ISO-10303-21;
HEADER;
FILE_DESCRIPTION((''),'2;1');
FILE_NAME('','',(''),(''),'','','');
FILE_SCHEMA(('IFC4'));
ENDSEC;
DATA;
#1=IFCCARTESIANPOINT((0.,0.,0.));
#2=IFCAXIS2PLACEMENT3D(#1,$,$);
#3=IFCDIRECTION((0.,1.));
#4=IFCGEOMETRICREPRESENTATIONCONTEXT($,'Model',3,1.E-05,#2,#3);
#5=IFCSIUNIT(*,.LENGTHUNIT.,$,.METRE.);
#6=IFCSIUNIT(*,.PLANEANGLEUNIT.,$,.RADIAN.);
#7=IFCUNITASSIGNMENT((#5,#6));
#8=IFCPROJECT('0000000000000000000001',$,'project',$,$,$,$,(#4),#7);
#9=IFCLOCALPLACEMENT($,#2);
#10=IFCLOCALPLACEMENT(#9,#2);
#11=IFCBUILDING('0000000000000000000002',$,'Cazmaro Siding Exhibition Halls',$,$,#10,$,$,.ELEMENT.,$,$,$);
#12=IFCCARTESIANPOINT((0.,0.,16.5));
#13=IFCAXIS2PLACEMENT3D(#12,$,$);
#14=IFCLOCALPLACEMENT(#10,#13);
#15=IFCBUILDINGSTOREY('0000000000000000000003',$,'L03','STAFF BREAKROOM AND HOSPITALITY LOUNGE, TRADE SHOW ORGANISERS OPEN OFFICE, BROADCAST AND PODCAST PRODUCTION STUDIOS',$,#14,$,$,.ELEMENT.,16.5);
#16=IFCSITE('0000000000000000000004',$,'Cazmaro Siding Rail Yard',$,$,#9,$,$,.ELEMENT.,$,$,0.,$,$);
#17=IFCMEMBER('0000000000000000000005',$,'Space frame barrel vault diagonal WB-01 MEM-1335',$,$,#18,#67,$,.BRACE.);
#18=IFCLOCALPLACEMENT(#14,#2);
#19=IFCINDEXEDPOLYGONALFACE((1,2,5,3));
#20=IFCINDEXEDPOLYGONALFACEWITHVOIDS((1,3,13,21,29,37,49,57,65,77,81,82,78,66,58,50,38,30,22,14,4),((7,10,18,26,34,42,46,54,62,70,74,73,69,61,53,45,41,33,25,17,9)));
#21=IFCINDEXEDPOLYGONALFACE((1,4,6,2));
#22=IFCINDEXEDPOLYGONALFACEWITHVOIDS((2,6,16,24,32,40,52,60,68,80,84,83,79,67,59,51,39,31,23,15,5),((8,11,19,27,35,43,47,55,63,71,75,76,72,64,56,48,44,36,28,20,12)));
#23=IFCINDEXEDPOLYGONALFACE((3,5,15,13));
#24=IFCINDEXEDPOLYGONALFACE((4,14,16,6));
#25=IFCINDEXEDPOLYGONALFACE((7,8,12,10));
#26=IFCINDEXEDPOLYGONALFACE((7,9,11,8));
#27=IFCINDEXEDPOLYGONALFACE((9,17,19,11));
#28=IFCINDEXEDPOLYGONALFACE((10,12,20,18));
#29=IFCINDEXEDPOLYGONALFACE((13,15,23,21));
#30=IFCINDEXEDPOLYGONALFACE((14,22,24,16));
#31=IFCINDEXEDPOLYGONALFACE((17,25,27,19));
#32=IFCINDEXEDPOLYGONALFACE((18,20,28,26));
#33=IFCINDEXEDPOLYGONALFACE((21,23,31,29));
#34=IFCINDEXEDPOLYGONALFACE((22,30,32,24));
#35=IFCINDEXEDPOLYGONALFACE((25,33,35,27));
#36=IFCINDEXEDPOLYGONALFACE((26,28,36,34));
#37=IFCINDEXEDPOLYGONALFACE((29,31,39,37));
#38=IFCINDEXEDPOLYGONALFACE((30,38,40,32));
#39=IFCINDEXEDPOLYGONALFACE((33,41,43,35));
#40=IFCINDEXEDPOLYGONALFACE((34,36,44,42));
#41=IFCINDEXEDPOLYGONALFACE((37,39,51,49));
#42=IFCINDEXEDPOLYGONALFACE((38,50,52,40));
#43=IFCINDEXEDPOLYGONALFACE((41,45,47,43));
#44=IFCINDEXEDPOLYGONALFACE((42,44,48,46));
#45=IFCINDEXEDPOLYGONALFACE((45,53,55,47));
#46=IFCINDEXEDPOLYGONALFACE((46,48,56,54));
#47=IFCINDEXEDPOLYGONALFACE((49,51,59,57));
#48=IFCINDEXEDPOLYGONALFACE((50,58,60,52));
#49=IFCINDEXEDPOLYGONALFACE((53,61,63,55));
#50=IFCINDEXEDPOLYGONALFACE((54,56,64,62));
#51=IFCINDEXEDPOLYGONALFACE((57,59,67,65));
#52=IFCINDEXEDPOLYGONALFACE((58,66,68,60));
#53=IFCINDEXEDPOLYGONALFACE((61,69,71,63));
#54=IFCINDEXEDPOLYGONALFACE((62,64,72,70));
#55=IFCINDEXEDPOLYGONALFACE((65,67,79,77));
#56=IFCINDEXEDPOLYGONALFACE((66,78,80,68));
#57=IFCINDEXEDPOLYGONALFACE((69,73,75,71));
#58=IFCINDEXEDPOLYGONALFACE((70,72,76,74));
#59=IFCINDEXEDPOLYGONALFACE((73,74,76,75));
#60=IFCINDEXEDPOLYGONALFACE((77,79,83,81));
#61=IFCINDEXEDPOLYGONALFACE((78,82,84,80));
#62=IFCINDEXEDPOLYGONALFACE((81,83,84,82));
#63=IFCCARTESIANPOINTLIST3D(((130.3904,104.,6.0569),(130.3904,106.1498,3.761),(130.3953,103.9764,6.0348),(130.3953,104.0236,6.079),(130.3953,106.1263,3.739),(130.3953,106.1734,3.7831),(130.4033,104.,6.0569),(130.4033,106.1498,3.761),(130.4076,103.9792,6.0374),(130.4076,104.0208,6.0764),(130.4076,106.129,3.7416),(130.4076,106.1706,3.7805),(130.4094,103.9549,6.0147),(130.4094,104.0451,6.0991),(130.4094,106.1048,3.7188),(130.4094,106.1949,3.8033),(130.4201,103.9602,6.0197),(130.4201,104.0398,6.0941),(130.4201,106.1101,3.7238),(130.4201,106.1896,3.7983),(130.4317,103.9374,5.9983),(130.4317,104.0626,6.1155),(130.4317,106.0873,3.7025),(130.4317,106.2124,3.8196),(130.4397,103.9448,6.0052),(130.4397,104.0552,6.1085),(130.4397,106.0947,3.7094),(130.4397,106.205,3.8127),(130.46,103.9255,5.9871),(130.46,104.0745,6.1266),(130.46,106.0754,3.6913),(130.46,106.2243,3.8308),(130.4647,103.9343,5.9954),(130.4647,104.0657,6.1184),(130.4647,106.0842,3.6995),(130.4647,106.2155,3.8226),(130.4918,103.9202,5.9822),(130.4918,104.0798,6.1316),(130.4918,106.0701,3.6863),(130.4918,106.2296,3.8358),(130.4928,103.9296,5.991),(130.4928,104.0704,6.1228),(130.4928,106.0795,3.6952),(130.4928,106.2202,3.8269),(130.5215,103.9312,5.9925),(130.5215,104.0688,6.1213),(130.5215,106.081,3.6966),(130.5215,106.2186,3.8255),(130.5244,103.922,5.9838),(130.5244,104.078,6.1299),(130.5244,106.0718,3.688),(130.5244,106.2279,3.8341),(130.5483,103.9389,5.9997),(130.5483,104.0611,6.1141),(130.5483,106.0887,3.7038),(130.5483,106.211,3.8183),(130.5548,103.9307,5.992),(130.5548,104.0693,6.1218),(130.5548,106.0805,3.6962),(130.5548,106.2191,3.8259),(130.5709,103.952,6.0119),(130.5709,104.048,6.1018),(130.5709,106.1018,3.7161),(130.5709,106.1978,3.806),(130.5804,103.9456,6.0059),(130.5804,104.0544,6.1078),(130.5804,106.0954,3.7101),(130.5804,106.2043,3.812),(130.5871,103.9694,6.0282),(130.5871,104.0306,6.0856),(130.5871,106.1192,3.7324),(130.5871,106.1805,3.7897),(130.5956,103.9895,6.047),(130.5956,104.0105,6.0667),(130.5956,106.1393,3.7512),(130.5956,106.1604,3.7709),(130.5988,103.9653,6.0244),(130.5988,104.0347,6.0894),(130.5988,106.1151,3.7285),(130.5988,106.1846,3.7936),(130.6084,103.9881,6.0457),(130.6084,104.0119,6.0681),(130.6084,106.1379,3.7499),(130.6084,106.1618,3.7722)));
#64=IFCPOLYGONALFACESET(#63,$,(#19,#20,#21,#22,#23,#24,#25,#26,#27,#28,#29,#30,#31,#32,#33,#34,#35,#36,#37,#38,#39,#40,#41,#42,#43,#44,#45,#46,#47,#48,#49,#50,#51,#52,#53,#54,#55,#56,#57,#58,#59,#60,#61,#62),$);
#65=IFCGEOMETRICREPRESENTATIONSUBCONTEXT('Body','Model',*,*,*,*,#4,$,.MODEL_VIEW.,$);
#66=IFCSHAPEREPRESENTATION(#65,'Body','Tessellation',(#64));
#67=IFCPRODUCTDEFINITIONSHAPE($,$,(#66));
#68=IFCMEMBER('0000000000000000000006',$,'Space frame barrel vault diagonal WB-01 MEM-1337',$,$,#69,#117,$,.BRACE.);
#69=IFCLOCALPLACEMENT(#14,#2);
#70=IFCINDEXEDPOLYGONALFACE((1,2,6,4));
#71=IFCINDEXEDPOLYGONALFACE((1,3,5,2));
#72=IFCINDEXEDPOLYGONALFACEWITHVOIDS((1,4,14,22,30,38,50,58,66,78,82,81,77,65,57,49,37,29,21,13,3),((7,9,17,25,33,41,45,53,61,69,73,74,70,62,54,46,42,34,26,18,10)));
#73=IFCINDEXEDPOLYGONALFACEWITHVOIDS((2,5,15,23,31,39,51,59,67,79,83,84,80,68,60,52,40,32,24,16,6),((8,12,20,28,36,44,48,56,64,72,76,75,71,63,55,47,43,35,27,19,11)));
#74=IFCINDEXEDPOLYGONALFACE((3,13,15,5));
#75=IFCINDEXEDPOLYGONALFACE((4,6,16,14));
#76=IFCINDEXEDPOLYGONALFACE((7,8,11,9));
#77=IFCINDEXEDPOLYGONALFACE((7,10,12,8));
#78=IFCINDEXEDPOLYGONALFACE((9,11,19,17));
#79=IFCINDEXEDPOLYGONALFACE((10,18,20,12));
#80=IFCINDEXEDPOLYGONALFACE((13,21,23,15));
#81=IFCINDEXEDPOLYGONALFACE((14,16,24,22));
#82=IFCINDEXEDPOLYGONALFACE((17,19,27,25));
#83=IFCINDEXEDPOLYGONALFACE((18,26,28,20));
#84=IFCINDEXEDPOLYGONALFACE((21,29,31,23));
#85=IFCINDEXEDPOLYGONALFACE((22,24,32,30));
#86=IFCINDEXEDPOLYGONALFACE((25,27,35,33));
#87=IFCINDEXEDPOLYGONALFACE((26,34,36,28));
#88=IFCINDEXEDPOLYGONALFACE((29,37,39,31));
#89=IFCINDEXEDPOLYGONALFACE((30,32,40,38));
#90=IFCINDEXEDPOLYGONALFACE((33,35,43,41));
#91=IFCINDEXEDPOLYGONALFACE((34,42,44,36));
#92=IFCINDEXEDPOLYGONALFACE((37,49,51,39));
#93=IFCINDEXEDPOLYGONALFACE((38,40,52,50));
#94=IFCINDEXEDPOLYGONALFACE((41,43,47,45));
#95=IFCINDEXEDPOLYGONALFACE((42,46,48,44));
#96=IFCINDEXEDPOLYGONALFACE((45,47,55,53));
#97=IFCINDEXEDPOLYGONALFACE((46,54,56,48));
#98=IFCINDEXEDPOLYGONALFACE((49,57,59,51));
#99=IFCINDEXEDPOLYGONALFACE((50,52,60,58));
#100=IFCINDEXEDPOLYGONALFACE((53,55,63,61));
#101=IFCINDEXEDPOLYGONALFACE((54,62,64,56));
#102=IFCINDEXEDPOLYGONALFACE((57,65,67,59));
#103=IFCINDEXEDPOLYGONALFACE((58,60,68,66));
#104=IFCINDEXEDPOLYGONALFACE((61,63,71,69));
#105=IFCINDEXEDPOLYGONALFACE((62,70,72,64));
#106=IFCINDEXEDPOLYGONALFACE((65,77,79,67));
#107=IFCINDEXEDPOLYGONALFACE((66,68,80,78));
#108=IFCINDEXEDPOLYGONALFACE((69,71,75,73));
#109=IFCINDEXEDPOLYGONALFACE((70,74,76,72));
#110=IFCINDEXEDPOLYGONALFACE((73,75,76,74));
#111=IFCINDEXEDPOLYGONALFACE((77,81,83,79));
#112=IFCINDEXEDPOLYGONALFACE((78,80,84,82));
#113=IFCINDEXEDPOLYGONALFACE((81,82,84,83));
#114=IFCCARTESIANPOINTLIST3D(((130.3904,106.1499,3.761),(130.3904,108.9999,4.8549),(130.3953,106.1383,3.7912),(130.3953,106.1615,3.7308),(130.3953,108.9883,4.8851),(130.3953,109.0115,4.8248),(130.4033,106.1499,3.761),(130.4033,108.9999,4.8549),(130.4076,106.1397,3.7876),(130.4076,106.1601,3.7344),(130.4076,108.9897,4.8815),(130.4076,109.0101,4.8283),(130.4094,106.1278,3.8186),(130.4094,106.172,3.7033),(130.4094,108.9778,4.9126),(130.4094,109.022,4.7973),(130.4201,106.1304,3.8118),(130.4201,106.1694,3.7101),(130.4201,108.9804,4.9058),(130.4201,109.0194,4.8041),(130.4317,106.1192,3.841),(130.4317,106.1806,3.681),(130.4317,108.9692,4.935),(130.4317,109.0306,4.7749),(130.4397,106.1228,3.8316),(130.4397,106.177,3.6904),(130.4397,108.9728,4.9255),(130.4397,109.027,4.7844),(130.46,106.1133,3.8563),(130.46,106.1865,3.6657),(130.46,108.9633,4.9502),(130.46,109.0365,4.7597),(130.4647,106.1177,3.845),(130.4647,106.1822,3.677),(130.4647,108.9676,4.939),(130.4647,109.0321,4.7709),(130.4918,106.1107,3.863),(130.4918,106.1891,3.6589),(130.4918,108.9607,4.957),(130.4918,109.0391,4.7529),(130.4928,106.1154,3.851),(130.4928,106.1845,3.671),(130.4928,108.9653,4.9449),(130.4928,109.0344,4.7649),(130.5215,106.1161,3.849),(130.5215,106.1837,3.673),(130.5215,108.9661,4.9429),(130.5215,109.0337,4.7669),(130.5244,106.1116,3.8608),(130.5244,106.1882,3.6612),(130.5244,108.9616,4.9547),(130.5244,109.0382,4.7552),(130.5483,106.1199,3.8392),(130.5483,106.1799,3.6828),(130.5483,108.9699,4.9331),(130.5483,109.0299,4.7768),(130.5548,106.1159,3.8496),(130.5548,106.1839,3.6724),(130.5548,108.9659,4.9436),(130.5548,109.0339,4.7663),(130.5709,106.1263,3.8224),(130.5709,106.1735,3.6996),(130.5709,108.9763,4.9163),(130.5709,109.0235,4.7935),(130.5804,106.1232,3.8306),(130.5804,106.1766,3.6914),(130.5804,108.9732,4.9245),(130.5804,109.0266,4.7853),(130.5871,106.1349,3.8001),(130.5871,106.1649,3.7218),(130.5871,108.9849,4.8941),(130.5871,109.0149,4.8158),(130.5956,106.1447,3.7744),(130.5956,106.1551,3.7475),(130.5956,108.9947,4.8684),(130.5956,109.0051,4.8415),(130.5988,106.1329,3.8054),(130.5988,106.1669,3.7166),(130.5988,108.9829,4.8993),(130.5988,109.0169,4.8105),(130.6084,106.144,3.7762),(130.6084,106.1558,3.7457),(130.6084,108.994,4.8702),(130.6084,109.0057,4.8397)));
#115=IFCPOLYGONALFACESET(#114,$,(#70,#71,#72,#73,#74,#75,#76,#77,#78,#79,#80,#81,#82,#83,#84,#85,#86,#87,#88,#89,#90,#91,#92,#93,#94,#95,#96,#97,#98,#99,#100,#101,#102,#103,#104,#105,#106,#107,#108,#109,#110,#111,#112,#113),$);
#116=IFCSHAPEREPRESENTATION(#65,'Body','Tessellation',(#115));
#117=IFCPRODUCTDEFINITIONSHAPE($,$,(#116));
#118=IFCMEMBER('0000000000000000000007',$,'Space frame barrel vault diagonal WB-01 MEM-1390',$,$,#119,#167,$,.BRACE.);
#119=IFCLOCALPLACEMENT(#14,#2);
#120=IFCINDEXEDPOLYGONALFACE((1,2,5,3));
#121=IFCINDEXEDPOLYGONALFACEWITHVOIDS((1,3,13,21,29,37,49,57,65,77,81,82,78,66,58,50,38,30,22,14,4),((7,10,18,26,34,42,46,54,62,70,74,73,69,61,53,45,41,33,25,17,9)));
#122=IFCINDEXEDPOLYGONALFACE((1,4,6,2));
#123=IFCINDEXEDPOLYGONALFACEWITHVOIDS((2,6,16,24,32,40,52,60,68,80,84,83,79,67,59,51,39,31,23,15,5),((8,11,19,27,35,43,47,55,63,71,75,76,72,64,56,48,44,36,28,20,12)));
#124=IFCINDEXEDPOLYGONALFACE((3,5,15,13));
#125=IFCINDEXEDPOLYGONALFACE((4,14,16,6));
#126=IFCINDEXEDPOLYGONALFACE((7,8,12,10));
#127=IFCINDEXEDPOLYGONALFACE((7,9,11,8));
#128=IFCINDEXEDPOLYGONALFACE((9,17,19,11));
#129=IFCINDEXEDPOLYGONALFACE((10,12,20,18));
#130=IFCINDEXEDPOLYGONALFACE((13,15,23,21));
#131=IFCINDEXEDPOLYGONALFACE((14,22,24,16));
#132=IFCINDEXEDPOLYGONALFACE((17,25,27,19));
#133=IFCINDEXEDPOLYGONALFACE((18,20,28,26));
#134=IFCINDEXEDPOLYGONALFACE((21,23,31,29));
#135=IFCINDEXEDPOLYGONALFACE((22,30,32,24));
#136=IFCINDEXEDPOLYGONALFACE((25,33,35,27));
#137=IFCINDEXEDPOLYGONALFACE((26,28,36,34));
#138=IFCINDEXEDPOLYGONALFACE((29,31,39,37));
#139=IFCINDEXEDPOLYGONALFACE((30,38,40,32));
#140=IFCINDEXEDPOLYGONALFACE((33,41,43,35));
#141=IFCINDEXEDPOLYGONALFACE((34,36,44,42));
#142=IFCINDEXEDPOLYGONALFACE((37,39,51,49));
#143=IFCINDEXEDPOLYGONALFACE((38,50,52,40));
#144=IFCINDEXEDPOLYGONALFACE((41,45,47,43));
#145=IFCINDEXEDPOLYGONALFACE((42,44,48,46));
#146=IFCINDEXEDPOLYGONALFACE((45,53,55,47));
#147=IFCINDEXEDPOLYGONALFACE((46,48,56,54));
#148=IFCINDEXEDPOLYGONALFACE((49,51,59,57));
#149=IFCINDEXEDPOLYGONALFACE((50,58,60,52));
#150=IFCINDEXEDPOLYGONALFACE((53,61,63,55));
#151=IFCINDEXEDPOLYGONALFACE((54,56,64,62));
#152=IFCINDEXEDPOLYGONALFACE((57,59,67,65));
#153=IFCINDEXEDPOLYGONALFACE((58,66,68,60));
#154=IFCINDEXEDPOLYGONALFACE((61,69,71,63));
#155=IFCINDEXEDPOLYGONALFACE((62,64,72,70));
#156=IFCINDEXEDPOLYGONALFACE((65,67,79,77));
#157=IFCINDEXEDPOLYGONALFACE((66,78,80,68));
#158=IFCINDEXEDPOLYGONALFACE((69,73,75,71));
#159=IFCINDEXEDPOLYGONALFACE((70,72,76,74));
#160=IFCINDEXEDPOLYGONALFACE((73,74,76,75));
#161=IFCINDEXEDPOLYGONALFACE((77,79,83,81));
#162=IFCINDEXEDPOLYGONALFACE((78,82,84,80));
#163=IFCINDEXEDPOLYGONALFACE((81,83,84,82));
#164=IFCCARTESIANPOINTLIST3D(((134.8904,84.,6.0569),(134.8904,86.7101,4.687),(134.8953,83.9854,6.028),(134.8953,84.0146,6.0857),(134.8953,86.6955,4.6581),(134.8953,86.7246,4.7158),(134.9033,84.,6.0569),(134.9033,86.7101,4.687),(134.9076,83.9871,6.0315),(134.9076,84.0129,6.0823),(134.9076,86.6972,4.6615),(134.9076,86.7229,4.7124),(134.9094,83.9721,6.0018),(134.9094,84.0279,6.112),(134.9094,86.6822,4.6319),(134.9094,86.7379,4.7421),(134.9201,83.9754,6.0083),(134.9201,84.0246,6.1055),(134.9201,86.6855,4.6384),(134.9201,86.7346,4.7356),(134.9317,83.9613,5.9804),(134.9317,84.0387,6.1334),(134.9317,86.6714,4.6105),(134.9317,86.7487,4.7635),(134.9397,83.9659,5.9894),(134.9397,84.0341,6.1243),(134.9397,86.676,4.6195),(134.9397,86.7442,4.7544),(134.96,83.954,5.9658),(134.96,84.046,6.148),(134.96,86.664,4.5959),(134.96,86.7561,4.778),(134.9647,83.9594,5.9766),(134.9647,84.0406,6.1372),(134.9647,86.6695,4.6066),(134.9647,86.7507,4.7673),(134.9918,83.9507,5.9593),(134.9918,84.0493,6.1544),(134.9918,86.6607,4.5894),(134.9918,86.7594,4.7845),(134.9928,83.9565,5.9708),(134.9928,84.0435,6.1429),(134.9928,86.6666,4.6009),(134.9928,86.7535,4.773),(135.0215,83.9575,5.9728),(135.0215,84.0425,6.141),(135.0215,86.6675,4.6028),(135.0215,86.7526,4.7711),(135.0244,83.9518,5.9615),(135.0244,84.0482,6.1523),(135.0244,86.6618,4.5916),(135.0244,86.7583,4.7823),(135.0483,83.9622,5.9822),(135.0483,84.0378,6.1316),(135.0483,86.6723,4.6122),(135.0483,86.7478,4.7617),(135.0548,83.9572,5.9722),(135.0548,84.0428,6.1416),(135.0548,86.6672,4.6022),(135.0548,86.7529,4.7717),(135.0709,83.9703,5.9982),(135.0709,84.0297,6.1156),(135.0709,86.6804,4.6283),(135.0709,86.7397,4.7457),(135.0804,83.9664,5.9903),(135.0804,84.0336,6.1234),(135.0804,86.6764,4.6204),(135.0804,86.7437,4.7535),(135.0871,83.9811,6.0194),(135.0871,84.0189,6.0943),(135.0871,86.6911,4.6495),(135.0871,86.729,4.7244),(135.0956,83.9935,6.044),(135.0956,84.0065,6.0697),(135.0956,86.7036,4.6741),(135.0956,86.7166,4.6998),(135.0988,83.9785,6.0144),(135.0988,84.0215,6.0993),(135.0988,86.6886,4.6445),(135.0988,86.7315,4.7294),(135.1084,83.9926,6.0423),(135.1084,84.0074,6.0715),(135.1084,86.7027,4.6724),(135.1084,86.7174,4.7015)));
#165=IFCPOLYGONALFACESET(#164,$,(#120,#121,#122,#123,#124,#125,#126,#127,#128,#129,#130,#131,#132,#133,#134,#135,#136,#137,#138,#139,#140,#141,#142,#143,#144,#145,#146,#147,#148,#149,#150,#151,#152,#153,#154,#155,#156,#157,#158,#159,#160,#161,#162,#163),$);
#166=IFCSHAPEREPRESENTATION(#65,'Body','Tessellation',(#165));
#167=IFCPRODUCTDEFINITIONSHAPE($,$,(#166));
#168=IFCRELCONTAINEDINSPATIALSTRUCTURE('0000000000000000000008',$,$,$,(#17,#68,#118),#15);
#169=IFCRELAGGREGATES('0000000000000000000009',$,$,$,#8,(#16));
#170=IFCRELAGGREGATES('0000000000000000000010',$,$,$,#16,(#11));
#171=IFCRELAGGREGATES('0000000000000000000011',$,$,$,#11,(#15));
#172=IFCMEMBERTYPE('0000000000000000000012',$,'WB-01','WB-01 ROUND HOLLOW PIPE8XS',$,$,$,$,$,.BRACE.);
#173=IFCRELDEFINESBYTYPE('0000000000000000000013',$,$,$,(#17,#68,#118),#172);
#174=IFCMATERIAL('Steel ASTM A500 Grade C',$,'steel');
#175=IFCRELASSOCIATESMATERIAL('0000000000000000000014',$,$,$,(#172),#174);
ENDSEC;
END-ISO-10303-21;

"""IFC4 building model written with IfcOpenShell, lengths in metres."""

from ifc_helpers import new_model, si_unit, direction, frame, origin, origin_2d, place, context, subcontext, project, spatial, hollow_circle, extrude, material, material_profile, profile_set, type_object, element, save


model = new_model("IFC4")

# Units and contexts
model_context = context("Model", 3, precision=1e-05, world=origin(), true_north=direction((0.0, 1.0)))
body_context = subcontext(model_context, "Body", "Model", "MODEL_VIEW")
ifc_project = project(units=[si_unit("LENGTHUNIT", "METRE"), si_unit("PLANEANGLEUNIT", "RADIAN")], contexts=[model_context])

# Site, building, storey
site_placement = place(None, origin())
site = spatial("IfcSite", under=ifc_project, at=site_placement, Name="Cazmaro Siding Rail Yard", CompositionType="ELEMENT", RefElevation=0.0)
building_placement = place(site_placement, origin())
building = spatial("IfcBuilding", under=site, at=building_placement, Name="Cazmaro Siding Exhibition Halls", CompositionType="ELEMENT")
storey_placement = place(building_placement, frame((0.0, 0.0, 16.5)))
storey = spatial("IfcBuildingStorey", under=building, at=storey_placement, Name="L03", Description="STAFF BREAKROOM AND HOSPITALITY LOUNGE, TRADE SHOW ORGANISERS OPEN OFFICE, BROADCAST AND PODCAST PRODUCTION STUDIOS", CompositionType="ELEMENT", Elevation=16.5)

# Members
ifc_material_1 = material(Name="Steel ASTM A500 Grade C", Category="steel")
ifc_material_profile_1 = material_profile(ifc_material_1, hollow_circle(Radius=0.1096, WallThickness=0.0129, at=origin_2d()), Name="PIPE8XS")
ifc_profile_set_1 = profile_set([ifc_material_profile_1], Name="Steel ASTM A500 Grade C")
member_type_1 = type_object("IfcMemberType", Name="WB-01", Description="WB-01 ROUND HOLLOW PIPE8XS", PredefinedType="BRACE", material=ifc_profile_set_1)
member_1_placement = place(storey_placement, frame((130.5, 104.0, 6.0569), z_axis=(0.0, 0.683518, -0.729934), x_axis=(-1.0, 0.0, 0.0)))
element("IfcMember", 1, at=member_1_placement, inside=storey, type_object=member_type_1, Name="Space frame barrel vault diagonal WB-01 MEM-1335", PredefinedType="BRACE", context=body_context, shape_type="SweptSolid", body=[
    extrude(hollow_circle(Radius=0.1096, WallThickness=0.0129, at=origin_2d()), origin(), (0.0, 0.0, 1.0), 3.1453),
])
member_2_placement = place(storey_placement, frame((130.5, 106.1499, 3.761), z_axis=(0.0, 0.933587, 0.358352), x_axis=(-1.0, 0.0, 0.0)))
element("IfcMember", 2, at=member_2_placement, inside=storey, type_object=member_type_1, Name="Space frame barrel vault diagonal WB-01 MEM-1337", PredefinedType="BRACE", context=body_context, shape_type="SweptSolid", body=[
    extrude(hollow_circle(Radius=0.1096, WallThickness=0.0129, at=origin_2d()), origin(), (0.0, 0.0, 1.0), 3.0527),
])
member_3_placement = place(storey_placement, frame((135.0, 84.0, 6.0569), z_axis=(0.0, 0.892457, -0.451133), x_axis=(-1.0, 0.0, 0.0)))
element("IfcMember", 3, at=member_3_placement, inside=storey, type_object=member_type_1, Name="Space frame barrel vault diagonal WB-01 MEM-1390", PredefinedType="BRACE", context=body_context, shape_type="SweptSolid", body=[
    extrude(hollow_circle(Radius=0.1096, WallThickness=0.0129, at=origin_2d()), origin(), (0.0, 0.0, 1.0), 3.0366),
])

save(model, "model.ifc")
